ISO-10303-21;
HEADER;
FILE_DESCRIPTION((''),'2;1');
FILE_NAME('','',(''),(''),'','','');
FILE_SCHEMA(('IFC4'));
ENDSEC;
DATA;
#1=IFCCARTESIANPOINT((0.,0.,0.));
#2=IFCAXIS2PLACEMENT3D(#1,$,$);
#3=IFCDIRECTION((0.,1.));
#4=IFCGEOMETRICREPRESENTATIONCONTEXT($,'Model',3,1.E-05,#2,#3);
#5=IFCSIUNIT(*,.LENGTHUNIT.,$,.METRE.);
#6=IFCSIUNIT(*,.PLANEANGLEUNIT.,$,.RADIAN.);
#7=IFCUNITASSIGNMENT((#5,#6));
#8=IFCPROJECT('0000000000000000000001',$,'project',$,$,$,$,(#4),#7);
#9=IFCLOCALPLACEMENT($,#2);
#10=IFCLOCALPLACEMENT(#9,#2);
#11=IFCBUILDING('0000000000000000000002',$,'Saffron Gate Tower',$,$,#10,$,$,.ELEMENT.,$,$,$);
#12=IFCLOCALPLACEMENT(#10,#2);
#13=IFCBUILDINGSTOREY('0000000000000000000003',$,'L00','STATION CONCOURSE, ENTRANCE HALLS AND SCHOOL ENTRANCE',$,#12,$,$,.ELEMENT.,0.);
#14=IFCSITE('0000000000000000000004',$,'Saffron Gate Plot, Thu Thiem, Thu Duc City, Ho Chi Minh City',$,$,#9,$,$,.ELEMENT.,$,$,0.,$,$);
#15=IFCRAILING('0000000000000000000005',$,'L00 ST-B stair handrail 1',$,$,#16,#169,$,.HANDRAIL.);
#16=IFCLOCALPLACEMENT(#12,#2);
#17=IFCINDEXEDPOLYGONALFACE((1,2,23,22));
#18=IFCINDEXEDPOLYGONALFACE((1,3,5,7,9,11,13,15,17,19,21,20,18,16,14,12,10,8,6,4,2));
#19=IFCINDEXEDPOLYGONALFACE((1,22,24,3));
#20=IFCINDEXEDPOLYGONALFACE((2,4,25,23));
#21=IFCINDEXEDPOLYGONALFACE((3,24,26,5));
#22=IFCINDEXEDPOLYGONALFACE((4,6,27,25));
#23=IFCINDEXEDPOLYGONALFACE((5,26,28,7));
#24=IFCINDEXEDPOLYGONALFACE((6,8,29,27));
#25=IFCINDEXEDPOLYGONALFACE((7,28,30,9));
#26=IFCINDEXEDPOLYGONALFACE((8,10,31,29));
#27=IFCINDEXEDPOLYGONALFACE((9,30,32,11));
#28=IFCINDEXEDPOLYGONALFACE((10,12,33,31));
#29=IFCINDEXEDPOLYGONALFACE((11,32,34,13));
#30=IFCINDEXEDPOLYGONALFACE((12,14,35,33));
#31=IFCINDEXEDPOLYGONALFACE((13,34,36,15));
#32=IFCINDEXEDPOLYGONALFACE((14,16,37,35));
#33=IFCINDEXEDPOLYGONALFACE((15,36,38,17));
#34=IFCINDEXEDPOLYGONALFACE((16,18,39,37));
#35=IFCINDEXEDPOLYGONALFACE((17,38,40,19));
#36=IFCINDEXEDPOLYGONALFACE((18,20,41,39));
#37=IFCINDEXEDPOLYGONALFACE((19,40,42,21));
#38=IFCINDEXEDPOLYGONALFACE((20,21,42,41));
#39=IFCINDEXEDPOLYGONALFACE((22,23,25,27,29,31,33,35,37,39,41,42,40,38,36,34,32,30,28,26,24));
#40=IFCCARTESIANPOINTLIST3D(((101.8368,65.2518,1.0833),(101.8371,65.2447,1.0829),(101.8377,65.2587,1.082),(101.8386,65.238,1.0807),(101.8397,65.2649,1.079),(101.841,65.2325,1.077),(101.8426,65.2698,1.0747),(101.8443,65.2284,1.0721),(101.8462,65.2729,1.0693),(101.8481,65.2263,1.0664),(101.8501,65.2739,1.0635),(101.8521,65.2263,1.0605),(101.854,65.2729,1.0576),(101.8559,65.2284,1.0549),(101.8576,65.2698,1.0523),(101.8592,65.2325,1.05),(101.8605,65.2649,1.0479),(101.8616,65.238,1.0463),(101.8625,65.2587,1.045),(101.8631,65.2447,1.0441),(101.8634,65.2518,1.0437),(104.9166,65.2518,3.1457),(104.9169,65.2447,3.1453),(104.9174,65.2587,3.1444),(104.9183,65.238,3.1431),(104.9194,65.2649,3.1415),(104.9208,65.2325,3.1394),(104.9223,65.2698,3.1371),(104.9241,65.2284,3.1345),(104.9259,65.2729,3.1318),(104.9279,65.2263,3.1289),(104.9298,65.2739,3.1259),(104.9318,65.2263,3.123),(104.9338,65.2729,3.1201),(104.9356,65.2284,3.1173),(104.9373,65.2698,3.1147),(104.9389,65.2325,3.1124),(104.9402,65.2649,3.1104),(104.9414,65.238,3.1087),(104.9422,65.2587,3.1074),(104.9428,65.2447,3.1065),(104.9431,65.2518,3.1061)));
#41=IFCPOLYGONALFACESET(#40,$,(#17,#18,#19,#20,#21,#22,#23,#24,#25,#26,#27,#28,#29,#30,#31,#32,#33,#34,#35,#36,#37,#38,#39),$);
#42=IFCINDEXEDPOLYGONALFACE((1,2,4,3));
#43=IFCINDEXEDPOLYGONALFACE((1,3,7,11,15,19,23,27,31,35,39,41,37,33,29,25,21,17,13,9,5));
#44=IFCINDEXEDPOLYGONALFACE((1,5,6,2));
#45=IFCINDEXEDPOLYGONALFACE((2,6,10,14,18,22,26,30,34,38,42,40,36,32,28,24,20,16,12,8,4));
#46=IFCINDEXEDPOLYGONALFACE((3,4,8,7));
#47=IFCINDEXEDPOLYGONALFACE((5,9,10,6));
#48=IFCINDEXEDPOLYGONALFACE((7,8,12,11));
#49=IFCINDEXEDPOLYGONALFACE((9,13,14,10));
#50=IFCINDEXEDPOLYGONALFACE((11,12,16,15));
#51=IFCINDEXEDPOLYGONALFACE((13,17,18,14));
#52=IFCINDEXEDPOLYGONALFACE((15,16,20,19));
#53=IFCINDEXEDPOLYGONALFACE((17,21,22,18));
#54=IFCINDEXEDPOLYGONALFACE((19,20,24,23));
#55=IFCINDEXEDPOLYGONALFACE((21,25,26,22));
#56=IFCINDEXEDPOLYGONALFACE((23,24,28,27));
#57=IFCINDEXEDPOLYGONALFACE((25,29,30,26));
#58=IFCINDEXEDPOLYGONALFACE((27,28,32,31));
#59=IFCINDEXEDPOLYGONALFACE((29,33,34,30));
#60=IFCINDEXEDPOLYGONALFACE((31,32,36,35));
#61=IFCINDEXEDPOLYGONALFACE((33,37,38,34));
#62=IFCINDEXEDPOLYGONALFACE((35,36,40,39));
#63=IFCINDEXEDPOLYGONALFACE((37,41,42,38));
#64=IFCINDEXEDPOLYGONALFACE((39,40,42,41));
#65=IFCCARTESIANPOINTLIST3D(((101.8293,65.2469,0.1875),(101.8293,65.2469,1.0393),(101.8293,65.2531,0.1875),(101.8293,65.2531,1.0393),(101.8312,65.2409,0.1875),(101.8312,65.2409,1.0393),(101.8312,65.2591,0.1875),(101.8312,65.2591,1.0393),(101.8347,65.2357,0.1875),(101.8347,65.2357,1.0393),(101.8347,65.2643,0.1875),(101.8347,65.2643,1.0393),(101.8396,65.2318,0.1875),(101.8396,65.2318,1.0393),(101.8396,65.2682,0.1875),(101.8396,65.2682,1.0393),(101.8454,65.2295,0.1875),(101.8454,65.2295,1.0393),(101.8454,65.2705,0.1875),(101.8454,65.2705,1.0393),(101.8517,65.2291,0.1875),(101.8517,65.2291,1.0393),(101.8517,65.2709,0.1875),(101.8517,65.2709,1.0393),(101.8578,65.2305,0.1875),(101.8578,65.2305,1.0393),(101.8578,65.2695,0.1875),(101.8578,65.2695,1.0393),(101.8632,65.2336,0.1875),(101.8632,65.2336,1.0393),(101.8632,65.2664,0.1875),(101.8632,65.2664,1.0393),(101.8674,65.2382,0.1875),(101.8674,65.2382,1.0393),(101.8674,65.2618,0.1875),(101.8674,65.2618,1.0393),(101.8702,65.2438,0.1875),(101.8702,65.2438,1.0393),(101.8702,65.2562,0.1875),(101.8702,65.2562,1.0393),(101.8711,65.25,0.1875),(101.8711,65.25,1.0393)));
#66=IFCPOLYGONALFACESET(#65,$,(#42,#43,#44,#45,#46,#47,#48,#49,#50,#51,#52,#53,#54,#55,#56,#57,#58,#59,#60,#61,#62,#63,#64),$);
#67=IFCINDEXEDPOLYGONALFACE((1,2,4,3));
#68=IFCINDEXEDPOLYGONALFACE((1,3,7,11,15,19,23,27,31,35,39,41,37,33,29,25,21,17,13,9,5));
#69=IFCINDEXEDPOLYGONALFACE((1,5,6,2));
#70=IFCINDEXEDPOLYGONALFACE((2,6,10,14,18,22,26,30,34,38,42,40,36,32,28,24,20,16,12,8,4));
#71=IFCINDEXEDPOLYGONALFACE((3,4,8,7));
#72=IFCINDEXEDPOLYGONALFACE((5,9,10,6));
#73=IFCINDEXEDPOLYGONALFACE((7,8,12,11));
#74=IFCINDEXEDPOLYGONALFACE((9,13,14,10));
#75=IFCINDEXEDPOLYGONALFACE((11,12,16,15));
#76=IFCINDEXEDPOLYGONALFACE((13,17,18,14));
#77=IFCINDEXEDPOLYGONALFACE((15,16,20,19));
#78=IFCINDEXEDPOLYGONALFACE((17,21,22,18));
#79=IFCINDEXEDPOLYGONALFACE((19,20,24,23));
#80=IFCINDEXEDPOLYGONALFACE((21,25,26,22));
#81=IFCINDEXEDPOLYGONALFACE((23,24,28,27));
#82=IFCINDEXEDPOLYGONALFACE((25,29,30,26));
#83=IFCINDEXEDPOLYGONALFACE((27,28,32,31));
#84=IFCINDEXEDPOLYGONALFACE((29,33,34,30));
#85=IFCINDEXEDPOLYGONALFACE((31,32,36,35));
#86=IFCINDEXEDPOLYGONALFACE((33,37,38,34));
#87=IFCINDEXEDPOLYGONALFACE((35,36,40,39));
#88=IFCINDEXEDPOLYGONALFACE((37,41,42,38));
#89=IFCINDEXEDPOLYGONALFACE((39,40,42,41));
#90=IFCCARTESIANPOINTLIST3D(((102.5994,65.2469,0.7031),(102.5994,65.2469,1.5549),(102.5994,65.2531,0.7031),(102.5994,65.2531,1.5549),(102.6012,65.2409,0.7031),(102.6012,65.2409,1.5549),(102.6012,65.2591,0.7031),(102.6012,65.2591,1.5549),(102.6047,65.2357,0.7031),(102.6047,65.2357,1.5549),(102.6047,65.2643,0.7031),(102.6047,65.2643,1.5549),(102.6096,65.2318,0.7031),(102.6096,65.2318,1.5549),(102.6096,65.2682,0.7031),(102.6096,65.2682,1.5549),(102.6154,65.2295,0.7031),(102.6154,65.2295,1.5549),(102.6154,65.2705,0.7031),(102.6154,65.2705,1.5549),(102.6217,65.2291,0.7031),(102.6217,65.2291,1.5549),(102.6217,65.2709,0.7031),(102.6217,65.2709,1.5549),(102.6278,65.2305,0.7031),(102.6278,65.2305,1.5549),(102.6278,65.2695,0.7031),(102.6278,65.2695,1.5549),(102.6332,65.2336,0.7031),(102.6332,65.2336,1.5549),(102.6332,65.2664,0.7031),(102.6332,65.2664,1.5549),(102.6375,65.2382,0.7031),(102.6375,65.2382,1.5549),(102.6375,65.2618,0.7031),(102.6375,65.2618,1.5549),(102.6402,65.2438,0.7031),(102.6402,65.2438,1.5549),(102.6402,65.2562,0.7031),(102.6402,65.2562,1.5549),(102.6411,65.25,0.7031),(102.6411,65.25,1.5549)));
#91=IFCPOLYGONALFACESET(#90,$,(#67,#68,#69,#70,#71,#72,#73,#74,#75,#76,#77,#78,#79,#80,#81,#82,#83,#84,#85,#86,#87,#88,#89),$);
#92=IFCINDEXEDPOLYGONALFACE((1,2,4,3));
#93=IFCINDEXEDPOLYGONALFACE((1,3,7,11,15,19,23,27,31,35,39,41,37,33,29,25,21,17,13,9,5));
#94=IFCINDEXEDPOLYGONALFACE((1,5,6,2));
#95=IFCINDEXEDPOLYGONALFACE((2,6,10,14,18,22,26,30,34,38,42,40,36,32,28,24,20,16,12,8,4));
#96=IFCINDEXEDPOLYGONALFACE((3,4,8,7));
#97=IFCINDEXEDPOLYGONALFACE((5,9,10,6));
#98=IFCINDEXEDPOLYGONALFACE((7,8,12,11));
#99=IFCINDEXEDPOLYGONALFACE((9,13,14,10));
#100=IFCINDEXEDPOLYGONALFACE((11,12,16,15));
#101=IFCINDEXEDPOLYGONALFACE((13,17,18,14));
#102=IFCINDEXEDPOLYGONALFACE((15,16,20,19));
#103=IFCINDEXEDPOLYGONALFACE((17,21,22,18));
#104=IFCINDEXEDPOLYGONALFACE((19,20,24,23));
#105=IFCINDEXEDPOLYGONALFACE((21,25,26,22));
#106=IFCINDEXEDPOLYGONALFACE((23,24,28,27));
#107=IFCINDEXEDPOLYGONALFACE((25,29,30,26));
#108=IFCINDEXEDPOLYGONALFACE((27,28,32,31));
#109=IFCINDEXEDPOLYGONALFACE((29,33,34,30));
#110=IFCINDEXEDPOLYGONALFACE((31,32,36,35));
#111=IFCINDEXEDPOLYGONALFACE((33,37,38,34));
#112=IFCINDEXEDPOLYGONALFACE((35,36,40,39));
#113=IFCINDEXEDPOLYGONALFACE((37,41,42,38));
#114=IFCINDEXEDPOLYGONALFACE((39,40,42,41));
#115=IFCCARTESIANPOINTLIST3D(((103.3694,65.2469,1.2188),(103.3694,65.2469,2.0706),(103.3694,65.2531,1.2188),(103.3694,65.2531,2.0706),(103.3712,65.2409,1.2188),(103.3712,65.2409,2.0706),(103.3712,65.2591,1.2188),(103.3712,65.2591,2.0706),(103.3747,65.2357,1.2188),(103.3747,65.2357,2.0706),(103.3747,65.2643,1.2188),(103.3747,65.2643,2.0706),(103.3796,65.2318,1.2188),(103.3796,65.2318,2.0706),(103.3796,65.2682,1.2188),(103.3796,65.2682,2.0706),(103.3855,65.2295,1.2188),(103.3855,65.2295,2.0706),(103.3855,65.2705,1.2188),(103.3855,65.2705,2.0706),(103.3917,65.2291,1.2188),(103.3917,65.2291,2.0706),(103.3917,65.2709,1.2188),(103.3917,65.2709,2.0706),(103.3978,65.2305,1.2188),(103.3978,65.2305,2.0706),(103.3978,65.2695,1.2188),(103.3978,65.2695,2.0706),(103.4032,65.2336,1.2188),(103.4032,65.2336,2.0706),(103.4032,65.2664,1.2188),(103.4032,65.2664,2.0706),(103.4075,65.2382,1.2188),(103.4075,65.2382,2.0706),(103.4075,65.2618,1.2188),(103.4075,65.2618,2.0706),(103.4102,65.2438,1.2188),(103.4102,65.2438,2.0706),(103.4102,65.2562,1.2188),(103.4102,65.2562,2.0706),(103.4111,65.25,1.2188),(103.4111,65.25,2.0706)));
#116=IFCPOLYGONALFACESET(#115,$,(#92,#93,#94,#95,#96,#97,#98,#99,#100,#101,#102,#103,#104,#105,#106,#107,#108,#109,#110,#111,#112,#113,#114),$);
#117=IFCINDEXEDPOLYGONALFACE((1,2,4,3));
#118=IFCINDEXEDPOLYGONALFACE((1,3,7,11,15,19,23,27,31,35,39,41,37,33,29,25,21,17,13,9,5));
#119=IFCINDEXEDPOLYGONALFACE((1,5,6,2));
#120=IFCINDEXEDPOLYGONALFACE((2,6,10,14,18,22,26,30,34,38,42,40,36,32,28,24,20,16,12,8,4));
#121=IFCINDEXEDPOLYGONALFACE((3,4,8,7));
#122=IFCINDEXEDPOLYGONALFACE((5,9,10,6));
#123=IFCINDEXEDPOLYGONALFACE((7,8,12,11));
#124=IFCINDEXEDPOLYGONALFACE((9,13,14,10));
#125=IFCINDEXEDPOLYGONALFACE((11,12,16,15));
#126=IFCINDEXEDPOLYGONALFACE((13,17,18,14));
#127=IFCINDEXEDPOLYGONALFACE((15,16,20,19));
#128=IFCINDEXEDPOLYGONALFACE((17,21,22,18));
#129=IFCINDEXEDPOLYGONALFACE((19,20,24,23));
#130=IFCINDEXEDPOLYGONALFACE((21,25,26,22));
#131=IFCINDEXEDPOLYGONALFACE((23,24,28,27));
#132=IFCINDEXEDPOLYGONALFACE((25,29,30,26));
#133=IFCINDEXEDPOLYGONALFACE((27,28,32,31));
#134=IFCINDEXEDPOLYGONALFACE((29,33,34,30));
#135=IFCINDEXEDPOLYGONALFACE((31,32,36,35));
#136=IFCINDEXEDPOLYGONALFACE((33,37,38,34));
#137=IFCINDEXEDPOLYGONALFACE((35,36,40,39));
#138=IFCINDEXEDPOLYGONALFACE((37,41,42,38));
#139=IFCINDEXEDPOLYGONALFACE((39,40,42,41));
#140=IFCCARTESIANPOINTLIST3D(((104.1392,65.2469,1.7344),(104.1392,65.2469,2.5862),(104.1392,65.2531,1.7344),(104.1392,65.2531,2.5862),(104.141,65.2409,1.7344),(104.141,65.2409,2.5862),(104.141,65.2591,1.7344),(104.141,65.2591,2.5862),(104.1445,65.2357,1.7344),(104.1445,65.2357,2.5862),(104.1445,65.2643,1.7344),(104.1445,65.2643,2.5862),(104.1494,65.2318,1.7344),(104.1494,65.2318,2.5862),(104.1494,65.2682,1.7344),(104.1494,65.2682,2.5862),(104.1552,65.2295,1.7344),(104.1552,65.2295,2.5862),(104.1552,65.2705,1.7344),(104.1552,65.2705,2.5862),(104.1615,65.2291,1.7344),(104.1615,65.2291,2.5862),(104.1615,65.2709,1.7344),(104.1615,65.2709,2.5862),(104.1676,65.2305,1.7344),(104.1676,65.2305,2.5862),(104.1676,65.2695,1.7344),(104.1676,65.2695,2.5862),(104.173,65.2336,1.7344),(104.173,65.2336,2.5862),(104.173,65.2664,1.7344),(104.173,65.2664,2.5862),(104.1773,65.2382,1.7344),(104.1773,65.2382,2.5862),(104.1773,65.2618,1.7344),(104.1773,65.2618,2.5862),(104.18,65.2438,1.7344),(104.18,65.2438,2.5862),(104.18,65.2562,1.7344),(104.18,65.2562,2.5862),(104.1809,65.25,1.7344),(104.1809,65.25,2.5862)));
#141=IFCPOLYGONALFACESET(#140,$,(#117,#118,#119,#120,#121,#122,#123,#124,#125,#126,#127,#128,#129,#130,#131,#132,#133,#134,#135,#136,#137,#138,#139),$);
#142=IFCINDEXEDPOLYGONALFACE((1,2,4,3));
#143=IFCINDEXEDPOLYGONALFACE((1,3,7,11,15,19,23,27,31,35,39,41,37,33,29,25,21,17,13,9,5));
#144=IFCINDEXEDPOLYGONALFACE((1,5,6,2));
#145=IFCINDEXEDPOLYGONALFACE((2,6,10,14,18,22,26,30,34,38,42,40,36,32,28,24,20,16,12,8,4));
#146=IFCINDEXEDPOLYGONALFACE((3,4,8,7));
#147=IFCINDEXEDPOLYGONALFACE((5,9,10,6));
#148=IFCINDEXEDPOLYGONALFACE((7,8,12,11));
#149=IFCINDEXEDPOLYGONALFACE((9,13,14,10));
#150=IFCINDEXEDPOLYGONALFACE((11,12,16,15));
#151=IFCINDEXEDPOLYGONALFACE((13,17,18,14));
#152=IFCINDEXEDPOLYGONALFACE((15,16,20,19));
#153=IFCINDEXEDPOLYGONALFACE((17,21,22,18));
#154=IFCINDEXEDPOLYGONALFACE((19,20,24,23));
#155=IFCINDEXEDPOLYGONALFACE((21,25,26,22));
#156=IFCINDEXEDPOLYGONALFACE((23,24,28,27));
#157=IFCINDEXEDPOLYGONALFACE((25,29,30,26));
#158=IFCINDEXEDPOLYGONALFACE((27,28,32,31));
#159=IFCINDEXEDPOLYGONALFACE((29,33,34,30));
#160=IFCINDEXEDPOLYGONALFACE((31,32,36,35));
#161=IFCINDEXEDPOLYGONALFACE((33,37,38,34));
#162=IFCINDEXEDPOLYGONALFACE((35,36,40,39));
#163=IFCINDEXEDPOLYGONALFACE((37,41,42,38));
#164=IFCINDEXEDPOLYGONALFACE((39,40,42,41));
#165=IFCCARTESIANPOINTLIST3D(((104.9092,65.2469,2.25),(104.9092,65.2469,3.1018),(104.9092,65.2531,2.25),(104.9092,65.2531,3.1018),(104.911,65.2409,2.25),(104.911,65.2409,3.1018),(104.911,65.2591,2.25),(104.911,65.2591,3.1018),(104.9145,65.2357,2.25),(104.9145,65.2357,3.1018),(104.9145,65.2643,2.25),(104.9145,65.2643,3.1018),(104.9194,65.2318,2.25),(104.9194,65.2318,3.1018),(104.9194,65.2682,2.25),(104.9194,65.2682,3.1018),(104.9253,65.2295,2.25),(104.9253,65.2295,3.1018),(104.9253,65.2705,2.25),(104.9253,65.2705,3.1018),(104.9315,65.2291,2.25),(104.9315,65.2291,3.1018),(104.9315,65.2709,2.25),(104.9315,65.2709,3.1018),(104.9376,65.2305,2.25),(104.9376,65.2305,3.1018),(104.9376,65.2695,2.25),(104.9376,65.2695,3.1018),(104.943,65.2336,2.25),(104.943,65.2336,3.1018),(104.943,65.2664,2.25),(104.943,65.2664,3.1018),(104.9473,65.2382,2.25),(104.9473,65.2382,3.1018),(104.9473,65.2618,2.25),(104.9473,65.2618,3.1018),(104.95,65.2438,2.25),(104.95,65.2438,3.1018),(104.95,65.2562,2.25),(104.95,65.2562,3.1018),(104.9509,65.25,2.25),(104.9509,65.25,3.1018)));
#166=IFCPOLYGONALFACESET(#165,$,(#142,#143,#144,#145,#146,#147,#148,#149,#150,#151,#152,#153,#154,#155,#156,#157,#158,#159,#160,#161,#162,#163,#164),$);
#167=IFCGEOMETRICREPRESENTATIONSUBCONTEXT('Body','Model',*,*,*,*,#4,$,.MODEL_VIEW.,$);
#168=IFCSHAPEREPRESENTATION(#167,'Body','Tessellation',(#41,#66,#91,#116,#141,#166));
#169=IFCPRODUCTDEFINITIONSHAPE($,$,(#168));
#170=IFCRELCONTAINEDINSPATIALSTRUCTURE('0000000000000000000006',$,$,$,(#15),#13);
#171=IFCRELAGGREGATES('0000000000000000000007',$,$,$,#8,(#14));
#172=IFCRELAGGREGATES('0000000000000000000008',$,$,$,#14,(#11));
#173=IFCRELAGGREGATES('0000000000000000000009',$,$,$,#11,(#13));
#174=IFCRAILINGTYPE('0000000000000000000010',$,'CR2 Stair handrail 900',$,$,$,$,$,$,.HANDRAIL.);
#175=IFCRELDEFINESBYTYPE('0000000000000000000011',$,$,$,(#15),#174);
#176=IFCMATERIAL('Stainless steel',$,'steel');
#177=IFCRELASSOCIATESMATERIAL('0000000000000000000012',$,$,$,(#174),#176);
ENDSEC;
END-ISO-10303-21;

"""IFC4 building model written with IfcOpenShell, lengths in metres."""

from ifc_helpers import new_model, si_unit, direction, frame, origin, origin_2d, place, context, subcontext, project, spatial, circle, extrude, material, type_object, element, save


model = new_model("IFC4")

# Units and contexts
model_context = context("Model", 3, precision=1e-05, world=origin(), true_north=direction((0.0, 1.0)))
body_context = subcontext(model_context, "Body", "Model", "MODEL_VIEW")
ifc_project = project(units=[si_unit("LENGTHUNIT", "METRE"), si_unit("PLANEANGLEUNIT", "RADIAN")], contexts=[model_context])

# Site, building, storey
site_placement = place(None, origin())
site = spatial("IfcSite", under=ifc_project, at=site_placement, Name="Saffron Gate Plot, Thu Thiem, Thu Duc City, Ho Chi Minh City", CompositionType="ELEMENT", RefElevation=0.0)
building_placement = place(site_placement, origin())
building = spatial("IfcBuilding", under=site, at=building_placement, Name="Saffron Gate Tower", CompositionType="ELEMENT")
storey_placement = place(building_placement, origin())
storey = spatial("IfcBuildingStorey", under=building, at=storey_placement, Name="L00", Description="STATION CONCOURSE, ENTRANCE HALLS AND SCHOOL ENTRANCE", CompositionType="ELEMENT", Elevation=0.0)

# Railing
ifc_material_1 = material(Name="Stainless steel", Category="steel")
railing_type_1 = type_object("IfcRailingType", Name="CR2 Stair handrail 900", PredefinedType="HANDRAIL", material=ifc_material_1)
for number, where, name in (
    (1, (101.8501, 65.25, 0.1875), "L00 ST-B stair handrail 1"),
):
    element("IfcRailing", number, at=place(storey_placement, frame(where)), inside=storey, type_object=railing_type_1, Name=name, PredefinedType="HANDRAIL", context=body_context, shape_type="SweptSolid", body=[
        extrude(circle(Radius=0.0239, at=origin_2d()), frame((0.0, 0.0, 0.876), z_axis=(0.830893, 0.0, 0.556432), x_axis=(0.0, 1.0, 0.0)), (0.0, 0.0, 1.0), 3.7065),
        extrude(circle(Radius=0.021, at=origin_2d()), origin(), (0.0, 0.0, 1.0), 0.8518),
        extrude(circle(Radius=0.021, at=origin_2d()), frame((0.77, 0.0, 0.5156)), (0.0, 0.0, 1.0), 0.8518),
        extrude(circle(Radius=0.021, at=origin_2d()), frame((1.54, 0.0, 1.0312)), (0.0, 0.0, 1.0), 0.8518),
        extrude(circle(Radius=0.021, at=origin_2d()), frame((2.3098, 0.0, 1.5469)), (0.0, 0.0, 1.0), 0.8518),
        extrude(circle(Radius=0.021, at=origin_2d()), frame((3.0798, 0.0, 2.0625)), (0.0, 0.0, 1.0), 0.8518),
    ])

save(model, "model.ifc")
